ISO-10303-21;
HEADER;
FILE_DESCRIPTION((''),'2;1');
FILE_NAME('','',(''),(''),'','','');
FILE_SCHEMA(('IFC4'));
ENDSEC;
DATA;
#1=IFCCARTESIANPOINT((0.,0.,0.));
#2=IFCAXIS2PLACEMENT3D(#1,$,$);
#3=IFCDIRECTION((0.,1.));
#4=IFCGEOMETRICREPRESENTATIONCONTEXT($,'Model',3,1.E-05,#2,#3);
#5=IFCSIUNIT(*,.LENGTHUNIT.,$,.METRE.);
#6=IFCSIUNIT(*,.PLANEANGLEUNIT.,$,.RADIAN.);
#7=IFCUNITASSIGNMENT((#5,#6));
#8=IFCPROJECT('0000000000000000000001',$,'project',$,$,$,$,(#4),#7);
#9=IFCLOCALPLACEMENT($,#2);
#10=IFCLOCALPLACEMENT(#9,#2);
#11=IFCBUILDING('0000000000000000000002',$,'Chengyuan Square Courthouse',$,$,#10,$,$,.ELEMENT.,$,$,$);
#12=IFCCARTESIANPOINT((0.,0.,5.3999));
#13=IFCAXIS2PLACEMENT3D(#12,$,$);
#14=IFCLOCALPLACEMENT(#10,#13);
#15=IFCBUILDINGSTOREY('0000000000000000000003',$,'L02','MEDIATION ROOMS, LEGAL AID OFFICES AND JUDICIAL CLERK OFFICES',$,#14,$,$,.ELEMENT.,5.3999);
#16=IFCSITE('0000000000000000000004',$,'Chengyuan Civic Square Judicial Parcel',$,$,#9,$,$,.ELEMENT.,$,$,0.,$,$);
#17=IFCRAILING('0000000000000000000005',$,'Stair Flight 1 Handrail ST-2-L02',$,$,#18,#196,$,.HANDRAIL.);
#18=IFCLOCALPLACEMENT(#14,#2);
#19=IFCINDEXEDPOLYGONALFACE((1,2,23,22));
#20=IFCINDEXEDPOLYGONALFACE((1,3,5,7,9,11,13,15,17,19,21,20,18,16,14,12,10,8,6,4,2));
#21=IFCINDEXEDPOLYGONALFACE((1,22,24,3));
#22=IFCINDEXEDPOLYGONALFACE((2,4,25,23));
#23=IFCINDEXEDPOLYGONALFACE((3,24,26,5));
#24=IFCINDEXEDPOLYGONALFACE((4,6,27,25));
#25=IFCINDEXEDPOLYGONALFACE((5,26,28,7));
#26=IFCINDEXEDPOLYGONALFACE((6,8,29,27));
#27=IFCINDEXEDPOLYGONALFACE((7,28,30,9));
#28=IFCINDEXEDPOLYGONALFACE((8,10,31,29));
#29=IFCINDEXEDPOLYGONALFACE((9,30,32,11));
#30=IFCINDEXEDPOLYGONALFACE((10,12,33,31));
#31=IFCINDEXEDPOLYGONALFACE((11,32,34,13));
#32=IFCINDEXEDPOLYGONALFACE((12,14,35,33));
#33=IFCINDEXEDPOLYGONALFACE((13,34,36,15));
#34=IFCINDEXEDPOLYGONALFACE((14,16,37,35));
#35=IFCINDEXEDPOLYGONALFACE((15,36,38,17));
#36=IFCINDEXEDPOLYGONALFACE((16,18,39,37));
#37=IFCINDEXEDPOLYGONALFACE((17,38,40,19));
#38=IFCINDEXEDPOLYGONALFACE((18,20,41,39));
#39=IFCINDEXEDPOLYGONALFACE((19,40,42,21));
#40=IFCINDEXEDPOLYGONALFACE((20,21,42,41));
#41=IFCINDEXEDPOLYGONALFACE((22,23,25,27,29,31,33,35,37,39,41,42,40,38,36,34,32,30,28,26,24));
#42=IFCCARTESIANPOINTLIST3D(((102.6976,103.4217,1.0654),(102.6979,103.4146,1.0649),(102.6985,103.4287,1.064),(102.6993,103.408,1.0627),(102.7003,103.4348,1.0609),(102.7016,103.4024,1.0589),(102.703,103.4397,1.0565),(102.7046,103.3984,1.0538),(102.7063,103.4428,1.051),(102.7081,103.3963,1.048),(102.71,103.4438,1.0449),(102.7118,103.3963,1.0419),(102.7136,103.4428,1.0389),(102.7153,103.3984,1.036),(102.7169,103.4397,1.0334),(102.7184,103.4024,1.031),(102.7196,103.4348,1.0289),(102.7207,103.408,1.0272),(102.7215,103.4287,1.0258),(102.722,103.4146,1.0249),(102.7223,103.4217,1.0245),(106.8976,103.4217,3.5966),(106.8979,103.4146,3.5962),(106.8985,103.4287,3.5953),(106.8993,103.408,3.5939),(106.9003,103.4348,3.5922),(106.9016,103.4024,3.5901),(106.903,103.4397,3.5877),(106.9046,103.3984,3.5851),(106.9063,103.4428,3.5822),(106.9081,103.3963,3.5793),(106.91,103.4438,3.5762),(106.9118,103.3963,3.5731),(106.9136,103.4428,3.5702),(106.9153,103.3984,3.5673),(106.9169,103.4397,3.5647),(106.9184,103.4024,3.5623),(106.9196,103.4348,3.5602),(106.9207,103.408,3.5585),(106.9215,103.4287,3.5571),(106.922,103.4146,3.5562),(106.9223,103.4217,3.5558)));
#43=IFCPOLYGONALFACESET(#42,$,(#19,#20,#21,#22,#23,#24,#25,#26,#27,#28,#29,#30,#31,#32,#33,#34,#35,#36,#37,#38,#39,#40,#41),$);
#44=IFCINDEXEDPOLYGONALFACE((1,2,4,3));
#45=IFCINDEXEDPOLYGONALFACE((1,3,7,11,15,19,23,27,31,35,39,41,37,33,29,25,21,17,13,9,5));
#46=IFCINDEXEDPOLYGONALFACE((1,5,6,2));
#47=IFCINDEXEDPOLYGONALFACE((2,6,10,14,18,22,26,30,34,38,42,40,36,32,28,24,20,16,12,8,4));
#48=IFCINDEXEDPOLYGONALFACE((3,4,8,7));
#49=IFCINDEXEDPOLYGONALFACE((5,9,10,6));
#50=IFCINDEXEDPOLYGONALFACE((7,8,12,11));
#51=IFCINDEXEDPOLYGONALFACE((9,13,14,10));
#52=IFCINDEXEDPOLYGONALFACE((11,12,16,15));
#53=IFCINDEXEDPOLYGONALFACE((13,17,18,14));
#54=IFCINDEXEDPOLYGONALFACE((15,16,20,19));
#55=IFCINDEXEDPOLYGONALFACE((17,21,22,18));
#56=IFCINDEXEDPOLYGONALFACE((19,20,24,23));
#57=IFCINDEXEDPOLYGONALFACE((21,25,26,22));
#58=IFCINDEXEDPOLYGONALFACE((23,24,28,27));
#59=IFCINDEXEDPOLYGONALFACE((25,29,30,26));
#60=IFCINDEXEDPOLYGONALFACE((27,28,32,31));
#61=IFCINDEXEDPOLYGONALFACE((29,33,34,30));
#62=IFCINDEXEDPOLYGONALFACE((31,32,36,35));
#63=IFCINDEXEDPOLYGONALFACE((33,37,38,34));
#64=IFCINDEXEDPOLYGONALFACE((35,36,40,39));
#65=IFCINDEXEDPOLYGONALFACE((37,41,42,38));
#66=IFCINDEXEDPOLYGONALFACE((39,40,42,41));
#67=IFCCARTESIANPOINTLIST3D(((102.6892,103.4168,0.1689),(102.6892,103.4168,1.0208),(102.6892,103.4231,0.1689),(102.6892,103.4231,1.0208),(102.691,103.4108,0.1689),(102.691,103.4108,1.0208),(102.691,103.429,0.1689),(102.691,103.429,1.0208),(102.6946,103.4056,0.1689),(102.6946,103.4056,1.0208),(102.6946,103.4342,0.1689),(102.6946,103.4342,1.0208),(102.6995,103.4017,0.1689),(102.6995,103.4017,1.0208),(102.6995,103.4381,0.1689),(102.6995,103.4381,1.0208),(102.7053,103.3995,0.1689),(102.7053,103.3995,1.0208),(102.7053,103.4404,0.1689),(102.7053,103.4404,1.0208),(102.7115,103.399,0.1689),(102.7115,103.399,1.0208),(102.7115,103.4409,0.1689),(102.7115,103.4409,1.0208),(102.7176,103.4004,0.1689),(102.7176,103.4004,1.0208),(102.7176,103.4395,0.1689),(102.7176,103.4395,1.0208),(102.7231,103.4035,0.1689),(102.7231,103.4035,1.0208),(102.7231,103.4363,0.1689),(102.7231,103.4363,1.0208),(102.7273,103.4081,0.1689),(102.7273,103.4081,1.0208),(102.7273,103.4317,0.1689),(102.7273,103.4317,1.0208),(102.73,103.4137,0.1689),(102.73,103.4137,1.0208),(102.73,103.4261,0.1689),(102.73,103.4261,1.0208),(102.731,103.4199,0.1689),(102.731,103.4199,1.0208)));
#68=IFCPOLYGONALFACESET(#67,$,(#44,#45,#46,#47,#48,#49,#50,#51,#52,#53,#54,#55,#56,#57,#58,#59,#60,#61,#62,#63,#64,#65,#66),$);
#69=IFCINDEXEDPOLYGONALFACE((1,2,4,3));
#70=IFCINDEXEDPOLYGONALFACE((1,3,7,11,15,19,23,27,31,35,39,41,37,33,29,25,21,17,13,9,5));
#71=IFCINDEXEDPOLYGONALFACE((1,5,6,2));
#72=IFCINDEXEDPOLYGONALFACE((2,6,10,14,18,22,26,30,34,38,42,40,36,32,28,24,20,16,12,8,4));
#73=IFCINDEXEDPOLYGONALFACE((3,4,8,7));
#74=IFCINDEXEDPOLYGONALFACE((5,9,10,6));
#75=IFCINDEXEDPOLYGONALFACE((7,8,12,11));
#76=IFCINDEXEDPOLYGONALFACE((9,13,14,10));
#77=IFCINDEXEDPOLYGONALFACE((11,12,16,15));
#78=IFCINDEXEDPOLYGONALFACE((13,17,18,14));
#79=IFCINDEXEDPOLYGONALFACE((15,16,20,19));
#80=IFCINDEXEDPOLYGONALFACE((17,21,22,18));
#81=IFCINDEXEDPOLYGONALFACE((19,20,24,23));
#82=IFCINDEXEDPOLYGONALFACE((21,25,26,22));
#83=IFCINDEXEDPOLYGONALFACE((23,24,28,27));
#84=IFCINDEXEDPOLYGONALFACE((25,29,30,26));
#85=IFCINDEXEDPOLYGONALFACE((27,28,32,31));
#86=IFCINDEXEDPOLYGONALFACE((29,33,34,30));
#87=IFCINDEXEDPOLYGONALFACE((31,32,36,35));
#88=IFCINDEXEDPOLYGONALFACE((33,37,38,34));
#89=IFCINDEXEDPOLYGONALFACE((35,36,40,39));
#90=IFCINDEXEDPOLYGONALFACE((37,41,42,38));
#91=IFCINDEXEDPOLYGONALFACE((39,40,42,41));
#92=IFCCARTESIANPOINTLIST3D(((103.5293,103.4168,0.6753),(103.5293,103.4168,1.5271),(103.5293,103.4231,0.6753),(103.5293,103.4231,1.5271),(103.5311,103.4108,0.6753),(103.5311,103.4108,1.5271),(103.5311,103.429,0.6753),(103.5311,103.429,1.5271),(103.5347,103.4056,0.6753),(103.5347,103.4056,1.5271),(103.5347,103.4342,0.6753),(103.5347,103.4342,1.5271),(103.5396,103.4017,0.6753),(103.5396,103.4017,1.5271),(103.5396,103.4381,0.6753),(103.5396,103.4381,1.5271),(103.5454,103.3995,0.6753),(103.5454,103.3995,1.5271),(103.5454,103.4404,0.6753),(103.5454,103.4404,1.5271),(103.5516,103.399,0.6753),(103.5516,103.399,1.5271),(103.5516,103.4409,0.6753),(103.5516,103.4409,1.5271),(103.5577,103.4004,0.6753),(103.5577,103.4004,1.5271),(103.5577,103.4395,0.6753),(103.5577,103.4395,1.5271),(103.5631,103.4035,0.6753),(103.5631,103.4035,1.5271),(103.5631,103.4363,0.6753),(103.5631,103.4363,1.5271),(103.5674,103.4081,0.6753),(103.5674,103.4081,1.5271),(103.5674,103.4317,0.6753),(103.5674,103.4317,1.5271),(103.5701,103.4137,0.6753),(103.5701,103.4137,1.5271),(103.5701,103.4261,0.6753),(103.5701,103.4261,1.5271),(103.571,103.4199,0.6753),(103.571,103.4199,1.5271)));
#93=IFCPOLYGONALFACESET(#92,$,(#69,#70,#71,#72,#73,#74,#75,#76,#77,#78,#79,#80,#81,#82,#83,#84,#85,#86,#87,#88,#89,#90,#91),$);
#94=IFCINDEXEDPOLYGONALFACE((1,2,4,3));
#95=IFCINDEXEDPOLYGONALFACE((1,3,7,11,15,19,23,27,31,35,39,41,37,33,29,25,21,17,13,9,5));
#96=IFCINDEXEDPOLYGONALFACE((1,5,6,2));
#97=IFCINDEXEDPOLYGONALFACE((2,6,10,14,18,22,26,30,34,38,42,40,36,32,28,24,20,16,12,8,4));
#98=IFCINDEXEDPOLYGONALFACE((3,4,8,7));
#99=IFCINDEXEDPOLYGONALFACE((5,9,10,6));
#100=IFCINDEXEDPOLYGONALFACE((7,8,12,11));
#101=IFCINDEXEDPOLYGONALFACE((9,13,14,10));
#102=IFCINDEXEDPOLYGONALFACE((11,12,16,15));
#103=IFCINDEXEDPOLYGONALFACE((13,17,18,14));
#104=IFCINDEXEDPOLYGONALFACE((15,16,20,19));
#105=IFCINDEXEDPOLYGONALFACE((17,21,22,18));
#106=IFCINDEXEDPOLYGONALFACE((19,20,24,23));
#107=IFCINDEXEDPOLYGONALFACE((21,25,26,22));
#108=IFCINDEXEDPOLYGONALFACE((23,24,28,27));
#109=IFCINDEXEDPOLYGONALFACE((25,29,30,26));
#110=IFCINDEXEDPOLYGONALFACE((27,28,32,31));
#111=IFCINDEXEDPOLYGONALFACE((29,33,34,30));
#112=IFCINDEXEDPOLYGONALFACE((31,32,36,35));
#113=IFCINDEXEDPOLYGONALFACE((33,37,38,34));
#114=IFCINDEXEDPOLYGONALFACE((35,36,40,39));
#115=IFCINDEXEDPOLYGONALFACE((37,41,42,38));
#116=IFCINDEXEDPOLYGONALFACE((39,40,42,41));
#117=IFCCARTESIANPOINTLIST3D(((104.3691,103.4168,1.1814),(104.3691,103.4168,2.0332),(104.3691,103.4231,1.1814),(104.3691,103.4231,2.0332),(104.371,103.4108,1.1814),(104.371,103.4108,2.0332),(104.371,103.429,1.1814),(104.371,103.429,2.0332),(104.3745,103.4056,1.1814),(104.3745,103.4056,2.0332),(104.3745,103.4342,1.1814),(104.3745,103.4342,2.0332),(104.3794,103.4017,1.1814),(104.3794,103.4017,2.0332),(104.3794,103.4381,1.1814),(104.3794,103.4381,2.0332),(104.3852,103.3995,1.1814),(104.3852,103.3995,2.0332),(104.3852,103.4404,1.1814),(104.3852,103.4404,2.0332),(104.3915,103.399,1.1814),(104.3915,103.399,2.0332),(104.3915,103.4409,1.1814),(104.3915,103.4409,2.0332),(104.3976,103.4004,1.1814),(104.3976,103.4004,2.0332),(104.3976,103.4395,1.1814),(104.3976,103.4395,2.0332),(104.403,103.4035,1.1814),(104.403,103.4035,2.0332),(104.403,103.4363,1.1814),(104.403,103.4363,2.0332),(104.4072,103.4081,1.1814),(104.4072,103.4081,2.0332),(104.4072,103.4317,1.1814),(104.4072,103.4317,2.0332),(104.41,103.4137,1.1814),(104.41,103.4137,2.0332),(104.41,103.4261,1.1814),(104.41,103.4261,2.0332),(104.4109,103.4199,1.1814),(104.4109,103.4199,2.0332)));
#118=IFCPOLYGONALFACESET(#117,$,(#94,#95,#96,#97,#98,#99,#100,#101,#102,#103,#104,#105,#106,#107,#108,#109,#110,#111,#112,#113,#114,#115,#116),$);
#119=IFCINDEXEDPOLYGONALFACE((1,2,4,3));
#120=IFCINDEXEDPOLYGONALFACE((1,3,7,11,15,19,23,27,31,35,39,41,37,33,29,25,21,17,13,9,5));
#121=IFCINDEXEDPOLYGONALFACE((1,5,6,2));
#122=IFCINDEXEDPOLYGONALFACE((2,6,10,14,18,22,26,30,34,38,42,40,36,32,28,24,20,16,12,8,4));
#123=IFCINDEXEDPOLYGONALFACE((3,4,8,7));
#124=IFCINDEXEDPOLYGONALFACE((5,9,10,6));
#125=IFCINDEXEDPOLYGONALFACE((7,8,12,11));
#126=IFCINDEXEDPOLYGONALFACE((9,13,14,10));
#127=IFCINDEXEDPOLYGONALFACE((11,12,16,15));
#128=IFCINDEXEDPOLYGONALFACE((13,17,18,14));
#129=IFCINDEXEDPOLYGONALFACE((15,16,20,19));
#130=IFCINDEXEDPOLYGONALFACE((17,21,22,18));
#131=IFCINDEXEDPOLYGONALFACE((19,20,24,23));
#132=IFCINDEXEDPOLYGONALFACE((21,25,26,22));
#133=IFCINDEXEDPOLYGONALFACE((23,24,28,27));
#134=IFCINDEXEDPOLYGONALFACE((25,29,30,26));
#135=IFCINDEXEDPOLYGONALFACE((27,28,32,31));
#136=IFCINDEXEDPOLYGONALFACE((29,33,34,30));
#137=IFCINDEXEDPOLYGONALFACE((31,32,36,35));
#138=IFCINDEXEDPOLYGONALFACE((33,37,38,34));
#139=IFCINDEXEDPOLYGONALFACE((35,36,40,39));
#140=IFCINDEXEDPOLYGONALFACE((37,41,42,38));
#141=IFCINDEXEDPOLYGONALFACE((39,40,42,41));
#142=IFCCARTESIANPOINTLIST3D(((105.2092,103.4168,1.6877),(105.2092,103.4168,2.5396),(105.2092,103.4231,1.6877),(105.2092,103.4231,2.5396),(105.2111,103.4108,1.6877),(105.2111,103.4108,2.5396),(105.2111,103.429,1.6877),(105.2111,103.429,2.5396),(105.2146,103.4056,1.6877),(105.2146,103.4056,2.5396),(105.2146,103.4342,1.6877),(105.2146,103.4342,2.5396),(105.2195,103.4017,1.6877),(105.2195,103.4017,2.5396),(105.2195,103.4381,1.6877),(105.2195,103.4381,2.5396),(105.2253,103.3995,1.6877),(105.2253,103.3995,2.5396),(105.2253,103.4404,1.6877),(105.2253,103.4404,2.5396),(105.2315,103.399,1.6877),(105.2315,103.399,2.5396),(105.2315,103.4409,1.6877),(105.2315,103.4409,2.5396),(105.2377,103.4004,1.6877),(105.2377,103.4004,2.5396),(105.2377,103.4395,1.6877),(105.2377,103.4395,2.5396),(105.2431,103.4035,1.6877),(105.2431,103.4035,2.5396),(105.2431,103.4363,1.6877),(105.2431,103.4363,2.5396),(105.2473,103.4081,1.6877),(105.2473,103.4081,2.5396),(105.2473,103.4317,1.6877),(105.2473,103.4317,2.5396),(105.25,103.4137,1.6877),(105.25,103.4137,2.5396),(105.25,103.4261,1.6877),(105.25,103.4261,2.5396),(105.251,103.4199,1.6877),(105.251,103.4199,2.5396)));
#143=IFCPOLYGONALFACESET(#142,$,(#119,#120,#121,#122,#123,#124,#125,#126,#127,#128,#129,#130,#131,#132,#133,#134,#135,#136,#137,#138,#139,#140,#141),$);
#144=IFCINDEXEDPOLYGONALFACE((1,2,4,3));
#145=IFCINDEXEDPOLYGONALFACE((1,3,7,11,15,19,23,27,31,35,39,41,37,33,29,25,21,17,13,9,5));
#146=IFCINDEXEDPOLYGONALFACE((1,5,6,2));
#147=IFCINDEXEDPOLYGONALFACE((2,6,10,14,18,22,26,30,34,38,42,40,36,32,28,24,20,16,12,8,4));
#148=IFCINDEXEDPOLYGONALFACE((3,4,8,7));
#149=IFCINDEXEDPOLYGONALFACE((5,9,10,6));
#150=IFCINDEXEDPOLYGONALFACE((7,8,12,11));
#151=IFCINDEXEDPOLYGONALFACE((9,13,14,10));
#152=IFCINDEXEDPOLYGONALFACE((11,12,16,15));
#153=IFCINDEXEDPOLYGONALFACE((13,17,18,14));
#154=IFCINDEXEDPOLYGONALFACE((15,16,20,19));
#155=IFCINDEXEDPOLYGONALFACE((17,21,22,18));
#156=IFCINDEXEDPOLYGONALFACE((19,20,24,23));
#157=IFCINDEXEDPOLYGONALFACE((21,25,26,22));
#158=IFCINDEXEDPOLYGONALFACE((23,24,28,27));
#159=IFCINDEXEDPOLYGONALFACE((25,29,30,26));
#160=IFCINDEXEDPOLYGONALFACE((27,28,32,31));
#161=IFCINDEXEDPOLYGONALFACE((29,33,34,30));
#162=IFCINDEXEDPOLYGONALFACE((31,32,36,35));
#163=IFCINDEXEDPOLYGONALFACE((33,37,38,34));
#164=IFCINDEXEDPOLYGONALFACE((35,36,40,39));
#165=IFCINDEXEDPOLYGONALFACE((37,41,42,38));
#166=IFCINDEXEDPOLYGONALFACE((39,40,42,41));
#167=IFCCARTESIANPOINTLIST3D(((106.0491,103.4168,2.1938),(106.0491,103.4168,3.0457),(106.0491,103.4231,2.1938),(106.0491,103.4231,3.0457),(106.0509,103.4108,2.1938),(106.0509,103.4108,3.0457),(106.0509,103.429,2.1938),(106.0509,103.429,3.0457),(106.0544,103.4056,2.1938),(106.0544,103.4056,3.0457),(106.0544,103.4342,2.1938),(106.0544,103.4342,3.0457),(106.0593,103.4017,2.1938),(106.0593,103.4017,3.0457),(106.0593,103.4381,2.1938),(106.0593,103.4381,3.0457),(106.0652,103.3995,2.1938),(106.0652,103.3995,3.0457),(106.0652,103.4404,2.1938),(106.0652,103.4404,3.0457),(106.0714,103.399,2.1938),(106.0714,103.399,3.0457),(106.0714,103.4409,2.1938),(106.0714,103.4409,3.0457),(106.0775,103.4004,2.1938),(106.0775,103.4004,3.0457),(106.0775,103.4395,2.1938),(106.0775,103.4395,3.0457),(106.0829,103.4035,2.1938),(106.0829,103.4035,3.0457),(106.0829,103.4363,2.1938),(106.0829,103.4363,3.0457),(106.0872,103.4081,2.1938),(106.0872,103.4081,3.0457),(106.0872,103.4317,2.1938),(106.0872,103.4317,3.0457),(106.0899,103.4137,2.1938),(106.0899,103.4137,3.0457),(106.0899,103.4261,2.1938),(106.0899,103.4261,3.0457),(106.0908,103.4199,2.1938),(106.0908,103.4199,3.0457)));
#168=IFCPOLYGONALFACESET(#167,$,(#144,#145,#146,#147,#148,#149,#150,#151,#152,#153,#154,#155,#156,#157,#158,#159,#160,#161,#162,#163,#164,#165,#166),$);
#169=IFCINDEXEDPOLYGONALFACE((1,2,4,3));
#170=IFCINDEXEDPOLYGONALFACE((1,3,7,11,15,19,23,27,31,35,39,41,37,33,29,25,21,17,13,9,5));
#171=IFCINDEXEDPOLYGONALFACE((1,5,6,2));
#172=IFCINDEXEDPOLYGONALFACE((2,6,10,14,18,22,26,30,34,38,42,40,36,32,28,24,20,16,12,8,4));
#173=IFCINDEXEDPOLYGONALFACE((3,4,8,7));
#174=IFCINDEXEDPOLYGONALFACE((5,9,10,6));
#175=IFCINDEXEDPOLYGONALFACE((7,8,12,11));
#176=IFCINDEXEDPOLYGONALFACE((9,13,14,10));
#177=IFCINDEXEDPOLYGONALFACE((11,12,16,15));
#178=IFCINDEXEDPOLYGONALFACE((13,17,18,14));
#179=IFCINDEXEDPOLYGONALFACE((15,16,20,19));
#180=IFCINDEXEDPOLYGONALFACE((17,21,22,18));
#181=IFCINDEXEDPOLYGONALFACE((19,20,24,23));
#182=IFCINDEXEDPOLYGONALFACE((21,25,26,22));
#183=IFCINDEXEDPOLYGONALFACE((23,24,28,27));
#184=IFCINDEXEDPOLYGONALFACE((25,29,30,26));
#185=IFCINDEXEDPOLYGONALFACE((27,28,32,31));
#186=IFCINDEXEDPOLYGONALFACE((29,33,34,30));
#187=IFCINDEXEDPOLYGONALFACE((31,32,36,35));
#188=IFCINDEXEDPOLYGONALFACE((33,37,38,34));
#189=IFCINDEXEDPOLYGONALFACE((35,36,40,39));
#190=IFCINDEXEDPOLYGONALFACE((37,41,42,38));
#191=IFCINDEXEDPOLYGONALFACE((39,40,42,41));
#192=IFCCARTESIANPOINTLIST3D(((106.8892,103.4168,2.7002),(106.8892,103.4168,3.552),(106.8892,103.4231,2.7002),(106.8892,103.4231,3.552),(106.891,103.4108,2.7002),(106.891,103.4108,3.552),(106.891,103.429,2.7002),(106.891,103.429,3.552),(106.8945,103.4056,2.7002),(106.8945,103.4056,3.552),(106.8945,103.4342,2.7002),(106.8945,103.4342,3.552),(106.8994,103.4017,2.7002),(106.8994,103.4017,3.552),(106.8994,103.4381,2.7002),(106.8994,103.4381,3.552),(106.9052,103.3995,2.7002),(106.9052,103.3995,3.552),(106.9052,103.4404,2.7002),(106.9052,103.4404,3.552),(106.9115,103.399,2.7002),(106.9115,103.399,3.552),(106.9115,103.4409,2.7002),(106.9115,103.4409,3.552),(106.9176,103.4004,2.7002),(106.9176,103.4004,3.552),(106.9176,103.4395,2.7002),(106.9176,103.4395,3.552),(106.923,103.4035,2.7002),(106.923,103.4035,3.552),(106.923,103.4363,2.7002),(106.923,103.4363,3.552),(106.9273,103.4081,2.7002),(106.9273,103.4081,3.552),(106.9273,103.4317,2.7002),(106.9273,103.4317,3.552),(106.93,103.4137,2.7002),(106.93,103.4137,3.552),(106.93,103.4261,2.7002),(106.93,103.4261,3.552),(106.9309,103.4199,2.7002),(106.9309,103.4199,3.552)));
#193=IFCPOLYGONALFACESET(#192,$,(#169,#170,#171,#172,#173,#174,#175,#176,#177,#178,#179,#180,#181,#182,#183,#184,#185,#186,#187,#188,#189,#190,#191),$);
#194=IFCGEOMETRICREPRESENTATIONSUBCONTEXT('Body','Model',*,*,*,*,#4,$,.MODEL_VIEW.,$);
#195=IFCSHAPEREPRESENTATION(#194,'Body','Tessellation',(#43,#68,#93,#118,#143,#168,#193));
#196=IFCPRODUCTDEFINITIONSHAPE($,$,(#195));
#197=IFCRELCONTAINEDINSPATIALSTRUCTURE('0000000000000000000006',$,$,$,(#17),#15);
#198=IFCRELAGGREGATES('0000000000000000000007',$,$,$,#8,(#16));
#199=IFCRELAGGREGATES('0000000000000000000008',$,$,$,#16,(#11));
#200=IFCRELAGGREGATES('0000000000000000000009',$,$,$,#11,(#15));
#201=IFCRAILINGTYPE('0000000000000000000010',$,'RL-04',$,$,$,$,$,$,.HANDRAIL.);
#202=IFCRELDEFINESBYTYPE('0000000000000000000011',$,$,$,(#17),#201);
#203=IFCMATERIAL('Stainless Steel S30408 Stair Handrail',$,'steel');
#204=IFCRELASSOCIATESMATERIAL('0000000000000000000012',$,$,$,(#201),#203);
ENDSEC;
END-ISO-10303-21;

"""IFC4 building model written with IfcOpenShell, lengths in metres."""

from ifc_helpers import new_model, si_unit, direction, frame, origin, origin_2d, place, context, subcontext, project, spatial, circle, extrude, material, type_object, element, save


model = new_model("IFC4")

# Units and contexts
model_context = context("Model", 3, precision=1e-05, world=origin(), true_north=direction((0.0, 1.0)))
body_context = subcontext(model_context, "Body", "Model", "MODEL_VIEW")
ifc_project = project(units=[si_unit("LENGTHUNIT", "METRE"), si_unit("PLANEANGLEUNIT", "RADIAN")], contexts=[model_context])

# Site, building, storey
site_placement = place(None, origin())
site = spatial("IfcSite", under=ifc_project, at=site_placement, Name="Chengyuan Civic Square Judicial Parcel", CompositionType="ELEMENT", RefElevation=0.0)
building_placement = place(site_placement, origin())
building = spatial("IfcBuilding", under=site, at=building_placement, Name="Chengyuan Square Courthouse", CompositionType="ELEMENT")
storey_placement = place(building_placement, frame((0.0, 0.0, 5.3999)))
storey = spatial("IfcBuildingStorey", under=building, at=storey_placement, Name="L02", Description="MEDIATION ROOMS, LEGAL AID OFFICES AND JUDICIAL CLERK OFFICES", CompositionType="ELEMENT", Elevation=5.3999)

# Railing
ifc_material_1 = material(Name="Stainless Steel S30408 Stair Handrail", Category="steel")
railing_type = type_object("IfcRailingType", Name="RL-04", PredefinedType="HANDRAIL", material=ifc_material_1)
railing_placement = place(storey_placement, frame((102.71, 103.4199, 0.1689)))
element("IfcRailing", 1, at=railing_placement, inside=storey, type_object=railing_type, Name="Stair Flight 1 Handrail ST-2-L02", PredefinedType="HANDRAIL", context=body_context, shape_type="SweptSolid", body=[
    extrude(circle(Radius=0.0239, at=origin_2d()), frame((0.0, 0.0, 0.876), z_axis=(0.856476, 0.0, 0.516186), x_axis=(0.0, 1.0, 0.0)), (0.0, 0.0, 1.0), 4.9038),
    extrude(circle(Radius=0.021, at=origin_2d()), origin(), (0.0, 0.0, 1.0), 0.8518),
    extrude(circle(Radius=0.021, at=origin_2d()), frame((0.8401, 0.0, 0.5063)), (0.0, 0.0, 1.0), 0.8518),
    extrude(circle(Radius=0.021, at=origin_2d()), frame((1.6799, 0.0, 1.0125)), (0.0, 0.0, 1.0), 0.8518),
    extrude(circle(Radius=0.021, at=origin_2d()), frame((2.52, 0.0, 1.5188)), (0.0, 0.0, 1.0), 0.8518),
    extrude(circle(Radius=0.021, at=origin_2d()), frame((3.3599, 0.0, 2.0249)), (0.0, 0.0, 1.0), 0.8518),
    extrude(circle(Radius=0.021, at=origin_2d()), frame((4.2, 0.0, 2.5312)), (0.0, 0.0, 1.0), 0.8518),
])

save(model, "model.ifc")
